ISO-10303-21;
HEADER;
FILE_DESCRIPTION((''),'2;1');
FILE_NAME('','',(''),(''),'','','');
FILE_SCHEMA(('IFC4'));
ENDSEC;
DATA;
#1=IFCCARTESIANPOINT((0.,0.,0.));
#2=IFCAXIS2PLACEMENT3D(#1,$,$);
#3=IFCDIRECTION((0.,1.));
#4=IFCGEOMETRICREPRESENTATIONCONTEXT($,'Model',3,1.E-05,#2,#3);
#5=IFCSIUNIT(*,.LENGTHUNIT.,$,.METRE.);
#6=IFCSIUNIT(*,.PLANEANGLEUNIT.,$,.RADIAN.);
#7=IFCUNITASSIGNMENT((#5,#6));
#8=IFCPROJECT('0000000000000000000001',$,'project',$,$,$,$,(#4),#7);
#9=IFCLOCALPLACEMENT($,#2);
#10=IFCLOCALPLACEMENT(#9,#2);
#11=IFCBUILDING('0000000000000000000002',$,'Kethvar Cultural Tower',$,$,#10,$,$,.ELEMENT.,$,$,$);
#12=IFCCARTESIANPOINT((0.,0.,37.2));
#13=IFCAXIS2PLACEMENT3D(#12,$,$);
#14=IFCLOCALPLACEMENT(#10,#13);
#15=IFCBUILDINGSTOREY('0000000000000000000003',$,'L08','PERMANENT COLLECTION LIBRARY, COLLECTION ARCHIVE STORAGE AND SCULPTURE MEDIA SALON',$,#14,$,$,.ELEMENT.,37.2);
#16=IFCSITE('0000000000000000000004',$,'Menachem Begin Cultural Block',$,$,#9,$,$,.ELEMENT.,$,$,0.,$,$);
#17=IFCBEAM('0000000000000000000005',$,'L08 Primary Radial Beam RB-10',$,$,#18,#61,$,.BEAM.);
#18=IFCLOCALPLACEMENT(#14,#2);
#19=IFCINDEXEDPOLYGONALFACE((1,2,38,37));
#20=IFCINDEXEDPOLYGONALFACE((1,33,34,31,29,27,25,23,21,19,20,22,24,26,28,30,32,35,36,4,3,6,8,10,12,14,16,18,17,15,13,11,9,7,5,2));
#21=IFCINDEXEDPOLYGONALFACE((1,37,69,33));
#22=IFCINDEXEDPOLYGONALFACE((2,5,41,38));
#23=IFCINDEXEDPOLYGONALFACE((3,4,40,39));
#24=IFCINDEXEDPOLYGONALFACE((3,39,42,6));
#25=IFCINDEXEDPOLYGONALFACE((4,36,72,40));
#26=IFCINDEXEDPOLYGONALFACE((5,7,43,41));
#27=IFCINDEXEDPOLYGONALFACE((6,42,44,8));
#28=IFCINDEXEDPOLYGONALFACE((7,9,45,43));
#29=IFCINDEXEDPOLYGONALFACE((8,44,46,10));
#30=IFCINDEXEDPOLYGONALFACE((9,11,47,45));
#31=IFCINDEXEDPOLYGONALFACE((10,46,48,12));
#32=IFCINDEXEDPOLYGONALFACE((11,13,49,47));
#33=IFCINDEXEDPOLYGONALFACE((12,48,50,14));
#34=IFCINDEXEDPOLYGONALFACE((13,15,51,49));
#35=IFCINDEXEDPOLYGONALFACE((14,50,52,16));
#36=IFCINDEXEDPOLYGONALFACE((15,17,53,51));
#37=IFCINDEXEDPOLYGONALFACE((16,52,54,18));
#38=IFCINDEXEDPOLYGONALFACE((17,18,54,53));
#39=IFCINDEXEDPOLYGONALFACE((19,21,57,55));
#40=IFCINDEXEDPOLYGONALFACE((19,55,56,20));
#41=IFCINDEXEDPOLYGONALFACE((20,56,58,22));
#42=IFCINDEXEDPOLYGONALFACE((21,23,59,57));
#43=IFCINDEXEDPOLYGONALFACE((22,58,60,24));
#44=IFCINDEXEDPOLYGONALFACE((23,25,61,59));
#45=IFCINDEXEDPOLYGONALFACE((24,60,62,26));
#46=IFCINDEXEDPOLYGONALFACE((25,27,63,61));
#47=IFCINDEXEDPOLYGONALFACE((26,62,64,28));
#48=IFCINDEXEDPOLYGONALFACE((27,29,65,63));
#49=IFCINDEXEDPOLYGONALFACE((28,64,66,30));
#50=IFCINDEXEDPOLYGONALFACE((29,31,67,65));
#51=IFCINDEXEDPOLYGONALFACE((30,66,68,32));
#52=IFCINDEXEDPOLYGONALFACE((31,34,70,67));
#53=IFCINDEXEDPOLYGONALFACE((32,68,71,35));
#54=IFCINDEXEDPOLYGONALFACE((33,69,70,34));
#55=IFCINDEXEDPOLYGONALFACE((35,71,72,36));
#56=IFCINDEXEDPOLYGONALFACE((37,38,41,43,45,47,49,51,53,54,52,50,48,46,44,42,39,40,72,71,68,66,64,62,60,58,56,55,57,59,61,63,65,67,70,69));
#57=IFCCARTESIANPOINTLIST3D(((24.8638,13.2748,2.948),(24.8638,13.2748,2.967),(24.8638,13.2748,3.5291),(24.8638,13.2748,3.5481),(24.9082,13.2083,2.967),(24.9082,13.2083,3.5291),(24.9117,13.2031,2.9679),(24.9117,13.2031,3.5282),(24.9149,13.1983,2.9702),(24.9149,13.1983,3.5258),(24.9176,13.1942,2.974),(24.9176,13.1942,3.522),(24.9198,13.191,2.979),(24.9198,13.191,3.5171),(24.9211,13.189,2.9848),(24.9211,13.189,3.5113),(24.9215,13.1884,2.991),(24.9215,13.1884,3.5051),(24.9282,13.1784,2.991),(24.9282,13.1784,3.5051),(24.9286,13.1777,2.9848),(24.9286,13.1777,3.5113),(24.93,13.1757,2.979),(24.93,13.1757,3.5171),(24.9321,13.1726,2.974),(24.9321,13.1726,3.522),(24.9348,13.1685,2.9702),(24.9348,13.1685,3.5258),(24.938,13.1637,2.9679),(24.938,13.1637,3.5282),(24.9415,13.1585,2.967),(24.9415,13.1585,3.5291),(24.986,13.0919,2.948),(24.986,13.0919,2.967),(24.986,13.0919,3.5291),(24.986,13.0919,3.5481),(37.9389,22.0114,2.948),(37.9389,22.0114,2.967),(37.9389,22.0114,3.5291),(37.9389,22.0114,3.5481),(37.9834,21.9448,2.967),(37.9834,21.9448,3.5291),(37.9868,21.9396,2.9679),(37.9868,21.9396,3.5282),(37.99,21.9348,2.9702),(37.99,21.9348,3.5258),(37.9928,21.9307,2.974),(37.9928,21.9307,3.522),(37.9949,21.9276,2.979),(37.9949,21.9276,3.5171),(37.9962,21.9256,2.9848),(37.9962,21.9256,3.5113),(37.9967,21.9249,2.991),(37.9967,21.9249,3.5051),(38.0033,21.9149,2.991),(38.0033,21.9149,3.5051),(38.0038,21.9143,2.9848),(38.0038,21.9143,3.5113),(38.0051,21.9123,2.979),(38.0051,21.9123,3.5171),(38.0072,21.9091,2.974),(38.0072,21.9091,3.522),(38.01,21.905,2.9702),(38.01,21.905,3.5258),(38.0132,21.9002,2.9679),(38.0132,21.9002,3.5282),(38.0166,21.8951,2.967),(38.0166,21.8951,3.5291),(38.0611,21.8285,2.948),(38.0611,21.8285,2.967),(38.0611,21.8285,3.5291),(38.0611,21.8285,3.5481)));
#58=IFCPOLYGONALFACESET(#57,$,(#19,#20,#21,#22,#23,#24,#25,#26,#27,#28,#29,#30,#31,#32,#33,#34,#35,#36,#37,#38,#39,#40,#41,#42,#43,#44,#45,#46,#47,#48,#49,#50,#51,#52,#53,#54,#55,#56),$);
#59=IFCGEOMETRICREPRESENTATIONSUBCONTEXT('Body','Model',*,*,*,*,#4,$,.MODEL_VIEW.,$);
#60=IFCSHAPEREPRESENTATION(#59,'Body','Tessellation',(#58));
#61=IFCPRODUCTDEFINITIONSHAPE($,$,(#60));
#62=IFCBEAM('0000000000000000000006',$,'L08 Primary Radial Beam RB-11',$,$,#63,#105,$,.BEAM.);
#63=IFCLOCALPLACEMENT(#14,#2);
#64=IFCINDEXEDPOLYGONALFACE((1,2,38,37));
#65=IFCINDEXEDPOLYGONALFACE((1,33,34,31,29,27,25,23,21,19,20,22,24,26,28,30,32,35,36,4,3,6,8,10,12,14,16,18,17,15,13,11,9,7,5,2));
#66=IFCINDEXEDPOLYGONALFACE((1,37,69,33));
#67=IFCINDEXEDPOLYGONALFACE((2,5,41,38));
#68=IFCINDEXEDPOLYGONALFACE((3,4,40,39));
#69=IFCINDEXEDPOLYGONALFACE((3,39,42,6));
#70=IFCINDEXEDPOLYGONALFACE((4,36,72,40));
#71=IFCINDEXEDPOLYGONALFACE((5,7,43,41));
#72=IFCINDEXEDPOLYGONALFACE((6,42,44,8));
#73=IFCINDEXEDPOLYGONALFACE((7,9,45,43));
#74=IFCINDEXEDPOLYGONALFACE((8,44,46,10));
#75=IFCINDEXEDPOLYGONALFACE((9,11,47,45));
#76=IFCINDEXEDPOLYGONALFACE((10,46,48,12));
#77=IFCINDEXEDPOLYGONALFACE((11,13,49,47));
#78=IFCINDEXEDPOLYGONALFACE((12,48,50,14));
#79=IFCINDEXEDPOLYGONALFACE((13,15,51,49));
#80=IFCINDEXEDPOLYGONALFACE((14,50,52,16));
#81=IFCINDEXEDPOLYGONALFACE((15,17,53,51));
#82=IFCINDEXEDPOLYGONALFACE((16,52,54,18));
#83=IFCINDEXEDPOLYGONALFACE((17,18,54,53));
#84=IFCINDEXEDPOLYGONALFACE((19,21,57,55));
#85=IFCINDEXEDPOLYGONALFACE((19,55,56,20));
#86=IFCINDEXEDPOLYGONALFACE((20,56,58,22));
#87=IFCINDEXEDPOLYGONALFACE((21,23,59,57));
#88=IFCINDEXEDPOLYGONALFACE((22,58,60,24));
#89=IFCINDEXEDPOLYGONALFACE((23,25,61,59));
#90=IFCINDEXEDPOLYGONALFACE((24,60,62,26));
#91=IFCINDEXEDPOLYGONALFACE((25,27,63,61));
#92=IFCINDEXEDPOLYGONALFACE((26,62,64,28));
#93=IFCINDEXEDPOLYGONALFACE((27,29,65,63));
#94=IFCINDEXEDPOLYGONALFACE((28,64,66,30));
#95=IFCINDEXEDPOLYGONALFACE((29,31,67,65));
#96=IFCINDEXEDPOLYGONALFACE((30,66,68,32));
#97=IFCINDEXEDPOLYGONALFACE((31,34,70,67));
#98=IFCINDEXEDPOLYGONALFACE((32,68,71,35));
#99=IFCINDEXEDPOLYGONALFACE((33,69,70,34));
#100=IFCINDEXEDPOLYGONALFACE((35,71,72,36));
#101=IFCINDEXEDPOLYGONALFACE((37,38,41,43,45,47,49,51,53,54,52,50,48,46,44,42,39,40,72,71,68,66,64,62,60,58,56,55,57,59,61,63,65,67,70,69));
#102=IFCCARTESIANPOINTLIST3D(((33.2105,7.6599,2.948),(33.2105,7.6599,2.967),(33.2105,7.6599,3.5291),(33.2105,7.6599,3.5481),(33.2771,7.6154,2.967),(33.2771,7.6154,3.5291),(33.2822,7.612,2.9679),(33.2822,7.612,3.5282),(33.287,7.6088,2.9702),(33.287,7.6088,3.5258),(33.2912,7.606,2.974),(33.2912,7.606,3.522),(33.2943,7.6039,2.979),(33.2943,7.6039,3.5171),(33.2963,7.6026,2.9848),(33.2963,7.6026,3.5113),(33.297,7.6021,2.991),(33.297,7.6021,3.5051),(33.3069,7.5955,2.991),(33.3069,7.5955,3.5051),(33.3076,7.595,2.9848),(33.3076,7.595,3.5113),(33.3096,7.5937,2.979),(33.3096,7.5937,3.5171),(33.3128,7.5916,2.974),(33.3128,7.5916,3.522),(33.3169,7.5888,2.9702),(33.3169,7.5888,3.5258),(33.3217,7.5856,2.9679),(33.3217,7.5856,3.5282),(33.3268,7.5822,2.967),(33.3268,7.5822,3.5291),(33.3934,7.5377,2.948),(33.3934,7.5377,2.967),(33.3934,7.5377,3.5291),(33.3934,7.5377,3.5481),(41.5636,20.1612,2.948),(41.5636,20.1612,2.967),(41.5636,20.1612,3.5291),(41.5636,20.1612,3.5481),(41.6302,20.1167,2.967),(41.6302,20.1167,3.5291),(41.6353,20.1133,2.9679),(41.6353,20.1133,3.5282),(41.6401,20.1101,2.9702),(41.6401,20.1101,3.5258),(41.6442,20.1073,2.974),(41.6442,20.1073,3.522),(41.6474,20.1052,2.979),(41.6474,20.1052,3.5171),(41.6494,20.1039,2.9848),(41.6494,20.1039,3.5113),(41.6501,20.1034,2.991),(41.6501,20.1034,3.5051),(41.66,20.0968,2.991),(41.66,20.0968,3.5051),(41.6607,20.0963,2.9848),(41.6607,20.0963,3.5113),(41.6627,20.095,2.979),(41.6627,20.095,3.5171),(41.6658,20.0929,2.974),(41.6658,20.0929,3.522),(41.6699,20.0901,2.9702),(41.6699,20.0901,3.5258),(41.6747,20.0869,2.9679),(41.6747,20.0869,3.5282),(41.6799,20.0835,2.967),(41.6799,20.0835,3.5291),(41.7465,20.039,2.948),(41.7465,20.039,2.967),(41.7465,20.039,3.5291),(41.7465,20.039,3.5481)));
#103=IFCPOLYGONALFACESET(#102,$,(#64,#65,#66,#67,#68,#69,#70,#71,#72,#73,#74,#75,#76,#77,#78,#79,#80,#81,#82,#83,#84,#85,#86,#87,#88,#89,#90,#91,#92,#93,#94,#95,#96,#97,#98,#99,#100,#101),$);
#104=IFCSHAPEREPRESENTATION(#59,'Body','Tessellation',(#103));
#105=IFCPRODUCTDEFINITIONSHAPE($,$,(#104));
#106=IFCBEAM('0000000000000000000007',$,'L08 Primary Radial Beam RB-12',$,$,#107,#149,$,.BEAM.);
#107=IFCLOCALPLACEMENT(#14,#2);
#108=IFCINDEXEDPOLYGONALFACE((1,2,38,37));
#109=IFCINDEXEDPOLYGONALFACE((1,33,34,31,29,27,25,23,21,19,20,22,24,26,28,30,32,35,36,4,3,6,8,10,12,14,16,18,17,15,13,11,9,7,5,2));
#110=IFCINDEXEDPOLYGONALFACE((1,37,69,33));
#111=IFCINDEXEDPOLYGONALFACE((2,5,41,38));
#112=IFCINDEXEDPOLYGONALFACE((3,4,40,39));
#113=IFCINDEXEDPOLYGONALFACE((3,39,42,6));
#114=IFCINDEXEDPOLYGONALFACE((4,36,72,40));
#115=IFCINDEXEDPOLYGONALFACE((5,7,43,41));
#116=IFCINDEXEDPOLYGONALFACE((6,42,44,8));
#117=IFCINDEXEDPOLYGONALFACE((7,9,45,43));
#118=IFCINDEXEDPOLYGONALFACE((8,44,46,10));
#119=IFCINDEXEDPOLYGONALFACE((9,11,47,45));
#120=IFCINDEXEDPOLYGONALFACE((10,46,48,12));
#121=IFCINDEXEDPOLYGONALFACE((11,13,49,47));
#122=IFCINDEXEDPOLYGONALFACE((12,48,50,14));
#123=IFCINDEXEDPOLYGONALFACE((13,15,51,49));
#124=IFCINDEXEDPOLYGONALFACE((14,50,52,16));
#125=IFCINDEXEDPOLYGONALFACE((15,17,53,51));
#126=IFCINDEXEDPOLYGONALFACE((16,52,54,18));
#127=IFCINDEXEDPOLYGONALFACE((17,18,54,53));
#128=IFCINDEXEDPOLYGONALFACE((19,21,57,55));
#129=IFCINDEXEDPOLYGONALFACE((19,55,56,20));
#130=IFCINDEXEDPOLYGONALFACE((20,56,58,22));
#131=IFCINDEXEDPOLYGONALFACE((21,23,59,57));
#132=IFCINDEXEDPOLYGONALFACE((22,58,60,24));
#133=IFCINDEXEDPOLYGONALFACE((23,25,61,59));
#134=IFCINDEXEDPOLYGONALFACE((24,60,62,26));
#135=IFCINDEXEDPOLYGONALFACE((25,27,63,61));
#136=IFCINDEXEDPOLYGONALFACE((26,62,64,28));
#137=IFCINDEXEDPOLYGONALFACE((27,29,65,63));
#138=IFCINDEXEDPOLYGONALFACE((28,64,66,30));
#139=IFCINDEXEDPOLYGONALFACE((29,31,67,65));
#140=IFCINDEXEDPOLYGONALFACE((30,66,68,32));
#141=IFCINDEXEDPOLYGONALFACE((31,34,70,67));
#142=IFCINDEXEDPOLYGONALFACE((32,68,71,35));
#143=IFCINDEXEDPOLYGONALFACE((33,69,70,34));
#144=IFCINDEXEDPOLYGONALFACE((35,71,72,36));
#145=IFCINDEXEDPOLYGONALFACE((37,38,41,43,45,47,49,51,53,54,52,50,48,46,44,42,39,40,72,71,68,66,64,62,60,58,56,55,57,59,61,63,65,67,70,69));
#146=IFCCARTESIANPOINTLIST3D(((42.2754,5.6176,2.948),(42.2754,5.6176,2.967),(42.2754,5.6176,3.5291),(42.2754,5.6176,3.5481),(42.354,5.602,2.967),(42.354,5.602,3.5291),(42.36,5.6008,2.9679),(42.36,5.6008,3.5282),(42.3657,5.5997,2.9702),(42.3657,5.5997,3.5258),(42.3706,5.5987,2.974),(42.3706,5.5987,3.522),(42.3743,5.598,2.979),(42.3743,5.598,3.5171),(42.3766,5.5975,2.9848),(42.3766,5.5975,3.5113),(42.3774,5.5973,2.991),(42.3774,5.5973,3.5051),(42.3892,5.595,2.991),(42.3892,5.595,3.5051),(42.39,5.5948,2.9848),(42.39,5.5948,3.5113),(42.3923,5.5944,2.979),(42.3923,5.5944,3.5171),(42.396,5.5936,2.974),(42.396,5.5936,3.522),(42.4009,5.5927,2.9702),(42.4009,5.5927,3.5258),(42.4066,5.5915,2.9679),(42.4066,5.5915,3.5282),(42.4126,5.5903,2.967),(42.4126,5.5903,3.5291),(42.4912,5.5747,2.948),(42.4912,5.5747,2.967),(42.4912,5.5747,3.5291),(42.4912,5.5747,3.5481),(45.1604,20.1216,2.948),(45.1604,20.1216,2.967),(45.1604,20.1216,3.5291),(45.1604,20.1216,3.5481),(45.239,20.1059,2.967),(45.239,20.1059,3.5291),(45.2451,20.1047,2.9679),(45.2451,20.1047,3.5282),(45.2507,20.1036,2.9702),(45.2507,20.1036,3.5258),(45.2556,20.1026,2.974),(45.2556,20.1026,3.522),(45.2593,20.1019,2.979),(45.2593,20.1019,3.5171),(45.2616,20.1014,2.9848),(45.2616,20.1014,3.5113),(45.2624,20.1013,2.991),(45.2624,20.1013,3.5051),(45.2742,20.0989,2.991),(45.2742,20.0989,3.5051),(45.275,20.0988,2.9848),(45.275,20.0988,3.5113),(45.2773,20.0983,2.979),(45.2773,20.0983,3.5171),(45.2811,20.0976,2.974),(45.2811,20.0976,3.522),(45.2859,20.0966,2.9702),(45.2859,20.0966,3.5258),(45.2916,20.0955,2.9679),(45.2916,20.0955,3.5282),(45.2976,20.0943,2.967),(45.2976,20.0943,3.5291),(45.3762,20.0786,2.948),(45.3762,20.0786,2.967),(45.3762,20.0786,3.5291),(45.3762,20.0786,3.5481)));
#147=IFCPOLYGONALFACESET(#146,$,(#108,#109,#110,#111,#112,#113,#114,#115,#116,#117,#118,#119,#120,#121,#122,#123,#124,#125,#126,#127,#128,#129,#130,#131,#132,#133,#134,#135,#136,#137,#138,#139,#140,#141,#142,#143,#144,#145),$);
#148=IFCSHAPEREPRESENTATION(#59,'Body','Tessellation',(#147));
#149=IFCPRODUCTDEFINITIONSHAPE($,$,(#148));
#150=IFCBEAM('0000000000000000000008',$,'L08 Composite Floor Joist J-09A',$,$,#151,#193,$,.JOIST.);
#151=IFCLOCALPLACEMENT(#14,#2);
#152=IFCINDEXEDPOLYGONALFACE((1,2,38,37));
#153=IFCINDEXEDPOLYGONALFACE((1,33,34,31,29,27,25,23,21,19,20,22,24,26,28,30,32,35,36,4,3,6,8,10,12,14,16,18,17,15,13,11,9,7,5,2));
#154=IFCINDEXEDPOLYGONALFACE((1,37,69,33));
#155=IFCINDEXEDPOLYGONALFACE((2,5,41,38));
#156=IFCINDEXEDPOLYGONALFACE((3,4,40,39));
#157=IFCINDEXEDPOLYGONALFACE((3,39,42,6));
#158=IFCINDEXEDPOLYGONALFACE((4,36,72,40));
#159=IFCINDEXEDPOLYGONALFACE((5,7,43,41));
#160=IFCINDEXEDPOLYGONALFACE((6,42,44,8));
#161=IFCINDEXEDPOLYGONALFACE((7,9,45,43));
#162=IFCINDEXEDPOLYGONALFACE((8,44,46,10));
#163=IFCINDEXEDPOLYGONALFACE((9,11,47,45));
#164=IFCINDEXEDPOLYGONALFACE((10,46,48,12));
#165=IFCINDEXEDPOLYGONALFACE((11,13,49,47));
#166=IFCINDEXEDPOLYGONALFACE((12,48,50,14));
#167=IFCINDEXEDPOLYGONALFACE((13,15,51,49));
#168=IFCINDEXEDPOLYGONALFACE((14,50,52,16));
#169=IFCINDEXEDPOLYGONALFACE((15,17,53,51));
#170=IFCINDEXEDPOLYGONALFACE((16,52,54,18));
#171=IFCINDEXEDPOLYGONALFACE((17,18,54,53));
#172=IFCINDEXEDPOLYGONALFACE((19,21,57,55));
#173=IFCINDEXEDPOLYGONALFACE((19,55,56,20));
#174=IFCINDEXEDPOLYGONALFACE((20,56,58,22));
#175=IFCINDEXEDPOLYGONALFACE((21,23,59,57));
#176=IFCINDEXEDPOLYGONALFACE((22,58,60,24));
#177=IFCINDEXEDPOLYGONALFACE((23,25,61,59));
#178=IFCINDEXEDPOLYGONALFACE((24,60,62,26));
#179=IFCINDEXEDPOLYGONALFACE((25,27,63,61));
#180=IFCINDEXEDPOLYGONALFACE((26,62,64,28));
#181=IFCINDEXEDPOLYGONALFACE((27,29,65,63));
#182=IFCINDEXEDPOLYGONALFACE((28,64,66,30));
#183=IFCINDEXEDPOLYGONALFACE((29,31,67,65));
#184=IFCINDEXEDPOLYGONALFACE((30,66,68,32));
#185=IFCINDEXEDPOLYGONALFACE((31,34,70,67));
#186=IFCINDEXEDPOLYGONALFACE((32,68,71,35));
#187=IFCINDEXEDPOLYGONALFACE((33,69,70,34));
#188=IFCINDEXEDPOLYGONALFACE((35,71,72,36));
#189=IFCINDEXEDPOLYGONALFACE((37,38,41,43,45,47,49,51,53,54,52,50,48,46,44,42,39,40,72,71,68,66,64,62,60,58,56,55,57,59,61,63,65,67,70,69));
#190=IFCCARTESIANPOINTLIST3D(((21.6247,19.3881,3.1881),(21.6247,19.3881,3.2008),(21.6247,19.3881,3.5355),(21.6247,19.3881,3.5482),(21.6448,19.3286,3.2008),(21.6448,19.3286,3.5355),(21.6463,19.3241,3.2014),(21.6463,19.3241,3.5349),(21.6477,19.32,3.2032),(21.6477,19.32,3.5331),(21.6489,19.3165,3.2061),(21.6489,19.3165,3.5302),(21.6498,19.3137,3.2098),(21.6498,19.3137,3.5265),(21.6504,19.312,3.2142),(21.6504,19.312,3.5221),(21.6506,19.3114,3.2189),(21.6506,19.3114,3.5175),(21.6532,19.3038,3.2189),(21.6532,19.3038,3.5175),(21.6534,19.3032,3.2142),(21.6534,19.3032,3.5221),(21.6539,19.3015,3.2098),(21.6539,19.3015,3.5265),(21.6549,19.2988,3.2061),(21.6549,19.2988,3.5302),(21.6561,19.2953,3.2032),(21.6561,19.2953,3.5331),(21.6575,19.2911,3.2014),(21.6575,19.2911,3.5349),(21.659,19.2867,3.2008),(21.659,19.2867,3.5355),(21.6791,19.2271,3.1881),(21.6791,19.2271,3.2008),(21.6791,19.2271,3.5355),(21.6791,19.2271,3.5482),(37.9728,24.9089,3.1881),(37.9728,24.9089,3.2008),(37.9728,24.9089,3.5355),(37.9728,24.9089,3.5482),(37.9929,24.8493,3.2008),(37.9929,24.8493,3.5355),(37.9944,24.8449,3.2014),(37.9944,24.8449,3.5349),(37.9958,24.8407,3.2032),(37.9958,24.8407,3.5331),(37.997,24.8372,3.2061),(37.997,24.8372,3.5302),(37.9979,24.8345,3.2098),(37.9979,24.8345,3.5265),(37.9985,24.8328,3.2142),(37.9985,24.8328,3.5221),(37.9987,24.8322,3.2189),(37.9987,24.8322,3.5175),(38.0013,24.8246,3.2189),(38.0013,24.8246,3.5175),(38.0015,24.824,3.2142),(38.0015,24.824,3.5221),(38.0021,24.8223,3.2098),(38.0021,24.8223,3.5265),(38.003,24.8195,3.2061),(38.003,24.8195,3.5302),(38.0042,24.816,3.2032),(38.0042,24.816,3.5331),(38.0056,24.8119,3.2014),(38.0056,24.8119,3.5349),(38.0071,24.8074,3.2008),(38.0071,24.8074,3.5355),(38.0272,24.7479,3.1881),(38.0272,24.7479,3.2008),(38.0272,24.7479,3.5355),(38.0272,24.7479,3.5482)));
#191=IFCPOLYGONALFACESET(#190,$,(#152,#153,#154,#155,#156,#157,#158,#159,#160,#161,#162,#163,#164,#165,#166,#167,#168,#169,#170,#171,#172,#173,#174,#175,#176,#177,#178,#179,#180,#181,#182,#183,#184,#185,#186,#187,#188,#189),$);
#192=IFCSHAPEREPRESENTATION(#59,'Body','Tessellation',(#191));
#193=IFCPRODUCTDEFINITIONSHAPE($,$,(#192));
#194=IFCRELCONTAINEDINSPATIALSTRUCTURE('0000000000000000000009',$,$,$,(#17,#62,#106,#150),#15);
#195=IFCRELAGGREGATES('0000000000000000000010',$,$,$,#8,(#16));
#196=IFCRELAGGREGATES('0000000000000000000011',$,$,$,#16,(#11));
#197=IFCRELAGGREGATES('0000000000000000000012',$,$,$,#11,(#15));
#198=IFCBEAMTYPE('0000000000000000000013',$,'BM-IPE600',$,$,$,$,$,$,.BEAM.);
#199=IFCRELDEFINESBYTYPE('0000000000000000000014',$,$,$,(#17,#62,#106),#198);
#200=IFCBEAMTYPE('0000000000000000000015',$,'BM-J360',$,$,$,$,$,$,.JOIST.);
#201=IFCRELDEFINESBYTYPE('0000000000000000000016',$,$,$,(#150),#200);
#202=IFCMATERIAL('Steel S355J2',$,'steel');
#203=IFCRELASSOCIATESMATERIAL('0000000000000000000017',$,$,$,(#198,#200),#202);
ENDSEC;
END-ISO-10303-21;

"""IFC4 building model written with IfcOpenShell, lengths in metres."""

from ifc_helpers import new_model, si_unit, direction, frame, origin, origin_2d, place, context, subcontext, project, spatial, i_section, extrude, source, transform, mapped, material, material_profile, profile_set, type_object, element, save


model = new_model("IFC4")

# Units and contexts
model_context = context("Model", 3, precision=1e-05, world=origin(), true_north=direction((0.0, 1.0)))
body_context = subcontext(model_context, "Body", "Model", "MODEL_VIEW")
ifc_project = project(units=[si_unit("LENGTHUNIT", "METRE"), si_unit("PLANEANGLEUNIT", "RADIAN")], contexts=[model_context])

# Site, building, storey
site_placement = place(None, origin())
site = spatial("IfcSite", under=ifc_project, at=site_placement, Name="Menachem Begin Cultural Block", CompositionType="ELEMENT", RefElevation=0.0)
building_placement = place(site_placement, origin())
building = spatial("IfcBuilding", under=site, at=building_placement, Name="Kethvar Cultural Tower", CompositionType="ELEMENT")
storey_placement = place(building_placement, frame((0.0, 0.0, 37.2)))
storey = spatial("IfcBuildingStorey", under=building, at=storey_placement, Name="L08", Description="PERMANENT COLLECTION LIBRARY, COLLECTION ARCHIVE STORAGE AND SCULPTURE MEDIA SALON", CompositionType="ELEMENT", Elevation=37.2)

# Beams
ifc_material_1 = material(Name="Steel S355J2", Category="steel")
ifc_material_profile_1 = material_profile(ifc_material_1, i_section(OverallWidth=0.22, OverallDepth=0.6001, WebThickness=0.012, FlangeThickness=0.019, FilletRadius=0.0239, at=origin_2d()), Name="Steel S355J2 — IPE600")
ifc_profile_set_1 = profile_set([ifc_material_profile_1], Name="Steel S355J2 — IPE600")
beam_type_1 = type_object("IfcBeamType", Name="BM-IPE600", PredefinedType="BEAM", material=ifc_profile_set_1)
shared_shape_1 = source(origin(), body_context, "Body", "SweptSolid", [
    extrude(i_section(OverallWidth=0.22, OverallDepth=0.6001, WebThickness=0.012, FlangeThickness=0.019, FilletRadius=0.0239, at=origin_2d()), origin(), (0.0, 0.0, 1.0), 15.7253),
])
beam_1_placement = place(storey_placement, frame((38.0, 21.9199, 3.248), z_axis=(-0.831469, -0.55557, 0.0), x_axis=(0.55557, -0.831469, 0.0)))
element("IfcBeam", 1, at=beam_1_placement, inside=storey, type_object=beam_type_1, Name="L08 Primary Radial Beam RB-10", PredefinedType="BEAM", context=body_context, shape_type="MappedRepresentation", body=[
    mapped(shared_shape_1, transform((0.0, 0.0, 0.0), scale=1.0)),
])
shared_shape_2 = source(origin(), body_context, "Body", "SweptSolid", [
    extrude(i_section(OverallWidth=0.22, OverallDepth=0.6001, WebThickness=0.012, FlangeThickness=0.019, FilletRadius=0.0239, at=origin_2d()), origin(), (0.0, 0.0, 1.0), 15.0352),
])
beam_2_placement = place(storey_placement, frame((41.655, 20.1001, 3.248), z_axis=(-0.555569, -0.83147, 0.0), x_axis=(0.83147, -0.555569, 0.0)))
element("IfcBeam", 2, at=beam_2_placement, inside=storey, type_object=beam_type_1, Name="L08 Primary Radial Beam RB-11", PredefinedType="BEAM", context=body_context, shape_type="MappedRepresentation", body=[
    mapped(shared_shape_2, transform((0.0, 0.0, 0.0), scale=1.0)),
])
shared_shape_3 = source(origin(), body_context, "Body", "SweptSolid", [
    extrude(i_section(OverallWidth=0.22, OverallDepth=0.6001, WebThickness=0.012, FlangeThickness=0.019, FilletRadius=0.0239, at=origin_2d()), origin(), (0.0, 0.0, 1.0), 14.7881),
])
beam_3_placement = place(storey_placement, frame((45.2683, 20.1001, 3.248), z_axis=(-0.195091, -0.980785, 0.0), x_axis=(0.980785, -0.195091, 0.0)))
element("IfcBeam", 3, at=beam_3_placement, inside=storey, type_object=beam_type_1, Name="L08 Primary Radial Beam RB-12", PredefinedType="BEAM", context=body_context, shape_type="MappedRepresentation", body=[
    mapped(shared_shape_3, transform((0.0, 0.0, 0.0), scale=1.0)),
])
ifc_material_profile_2 = material_profile(ifc_material_1, i_section(OverallWidth=0.1699, OverallDepth=0.3601, WebThickness=0.0081, FlangeThickness=0.0127, FilletRadius=0.0181, at=origin_2d()), Name="Steel S355J2 — IPE360")
ifc_profile_set_2 = profile_set([ifc_material_profile_2], Name="Steel S355J2 — IPE360")
beam_type_2 = type_object("IfcBeamType", Name="BM-J360", PredefinedType="JOIST", material=ifc_profile_set_2)
shared_shape_4 = source(origin(), body_context, "Body", "SweptSolid", [
    extrude(i_section(OverallWidth=0.1699, OverallDepth=0.3601, WebThickness=0.0081, FlangeThickness=0.0127, FilletRadius=0.0181, at=origin_2d()), origin(), (0.0, 0.0, 1.0), 17.2551),
])
beam_4_placement = place(storey_placement, frame((38.0, 24.8284, 3.3682), z_axis=(-0.947435, -0.319948, 0.0), x_axis=(0.319948, -0.947435, 0.0)))
element("IfcBeam", 4, at=beam_4_placement, inside=storey, type_object=beam_type_2, Name="L08 Composite Floor Joist J-09A", PredefinedType="JOIST", context=body_context, shape_type="MappedRepresentation", body=[
    mapped(shared_shape_4, transform((0.0, 0.0, 0.0), scale=1.0)),
])

save(model, "model.ifc")
